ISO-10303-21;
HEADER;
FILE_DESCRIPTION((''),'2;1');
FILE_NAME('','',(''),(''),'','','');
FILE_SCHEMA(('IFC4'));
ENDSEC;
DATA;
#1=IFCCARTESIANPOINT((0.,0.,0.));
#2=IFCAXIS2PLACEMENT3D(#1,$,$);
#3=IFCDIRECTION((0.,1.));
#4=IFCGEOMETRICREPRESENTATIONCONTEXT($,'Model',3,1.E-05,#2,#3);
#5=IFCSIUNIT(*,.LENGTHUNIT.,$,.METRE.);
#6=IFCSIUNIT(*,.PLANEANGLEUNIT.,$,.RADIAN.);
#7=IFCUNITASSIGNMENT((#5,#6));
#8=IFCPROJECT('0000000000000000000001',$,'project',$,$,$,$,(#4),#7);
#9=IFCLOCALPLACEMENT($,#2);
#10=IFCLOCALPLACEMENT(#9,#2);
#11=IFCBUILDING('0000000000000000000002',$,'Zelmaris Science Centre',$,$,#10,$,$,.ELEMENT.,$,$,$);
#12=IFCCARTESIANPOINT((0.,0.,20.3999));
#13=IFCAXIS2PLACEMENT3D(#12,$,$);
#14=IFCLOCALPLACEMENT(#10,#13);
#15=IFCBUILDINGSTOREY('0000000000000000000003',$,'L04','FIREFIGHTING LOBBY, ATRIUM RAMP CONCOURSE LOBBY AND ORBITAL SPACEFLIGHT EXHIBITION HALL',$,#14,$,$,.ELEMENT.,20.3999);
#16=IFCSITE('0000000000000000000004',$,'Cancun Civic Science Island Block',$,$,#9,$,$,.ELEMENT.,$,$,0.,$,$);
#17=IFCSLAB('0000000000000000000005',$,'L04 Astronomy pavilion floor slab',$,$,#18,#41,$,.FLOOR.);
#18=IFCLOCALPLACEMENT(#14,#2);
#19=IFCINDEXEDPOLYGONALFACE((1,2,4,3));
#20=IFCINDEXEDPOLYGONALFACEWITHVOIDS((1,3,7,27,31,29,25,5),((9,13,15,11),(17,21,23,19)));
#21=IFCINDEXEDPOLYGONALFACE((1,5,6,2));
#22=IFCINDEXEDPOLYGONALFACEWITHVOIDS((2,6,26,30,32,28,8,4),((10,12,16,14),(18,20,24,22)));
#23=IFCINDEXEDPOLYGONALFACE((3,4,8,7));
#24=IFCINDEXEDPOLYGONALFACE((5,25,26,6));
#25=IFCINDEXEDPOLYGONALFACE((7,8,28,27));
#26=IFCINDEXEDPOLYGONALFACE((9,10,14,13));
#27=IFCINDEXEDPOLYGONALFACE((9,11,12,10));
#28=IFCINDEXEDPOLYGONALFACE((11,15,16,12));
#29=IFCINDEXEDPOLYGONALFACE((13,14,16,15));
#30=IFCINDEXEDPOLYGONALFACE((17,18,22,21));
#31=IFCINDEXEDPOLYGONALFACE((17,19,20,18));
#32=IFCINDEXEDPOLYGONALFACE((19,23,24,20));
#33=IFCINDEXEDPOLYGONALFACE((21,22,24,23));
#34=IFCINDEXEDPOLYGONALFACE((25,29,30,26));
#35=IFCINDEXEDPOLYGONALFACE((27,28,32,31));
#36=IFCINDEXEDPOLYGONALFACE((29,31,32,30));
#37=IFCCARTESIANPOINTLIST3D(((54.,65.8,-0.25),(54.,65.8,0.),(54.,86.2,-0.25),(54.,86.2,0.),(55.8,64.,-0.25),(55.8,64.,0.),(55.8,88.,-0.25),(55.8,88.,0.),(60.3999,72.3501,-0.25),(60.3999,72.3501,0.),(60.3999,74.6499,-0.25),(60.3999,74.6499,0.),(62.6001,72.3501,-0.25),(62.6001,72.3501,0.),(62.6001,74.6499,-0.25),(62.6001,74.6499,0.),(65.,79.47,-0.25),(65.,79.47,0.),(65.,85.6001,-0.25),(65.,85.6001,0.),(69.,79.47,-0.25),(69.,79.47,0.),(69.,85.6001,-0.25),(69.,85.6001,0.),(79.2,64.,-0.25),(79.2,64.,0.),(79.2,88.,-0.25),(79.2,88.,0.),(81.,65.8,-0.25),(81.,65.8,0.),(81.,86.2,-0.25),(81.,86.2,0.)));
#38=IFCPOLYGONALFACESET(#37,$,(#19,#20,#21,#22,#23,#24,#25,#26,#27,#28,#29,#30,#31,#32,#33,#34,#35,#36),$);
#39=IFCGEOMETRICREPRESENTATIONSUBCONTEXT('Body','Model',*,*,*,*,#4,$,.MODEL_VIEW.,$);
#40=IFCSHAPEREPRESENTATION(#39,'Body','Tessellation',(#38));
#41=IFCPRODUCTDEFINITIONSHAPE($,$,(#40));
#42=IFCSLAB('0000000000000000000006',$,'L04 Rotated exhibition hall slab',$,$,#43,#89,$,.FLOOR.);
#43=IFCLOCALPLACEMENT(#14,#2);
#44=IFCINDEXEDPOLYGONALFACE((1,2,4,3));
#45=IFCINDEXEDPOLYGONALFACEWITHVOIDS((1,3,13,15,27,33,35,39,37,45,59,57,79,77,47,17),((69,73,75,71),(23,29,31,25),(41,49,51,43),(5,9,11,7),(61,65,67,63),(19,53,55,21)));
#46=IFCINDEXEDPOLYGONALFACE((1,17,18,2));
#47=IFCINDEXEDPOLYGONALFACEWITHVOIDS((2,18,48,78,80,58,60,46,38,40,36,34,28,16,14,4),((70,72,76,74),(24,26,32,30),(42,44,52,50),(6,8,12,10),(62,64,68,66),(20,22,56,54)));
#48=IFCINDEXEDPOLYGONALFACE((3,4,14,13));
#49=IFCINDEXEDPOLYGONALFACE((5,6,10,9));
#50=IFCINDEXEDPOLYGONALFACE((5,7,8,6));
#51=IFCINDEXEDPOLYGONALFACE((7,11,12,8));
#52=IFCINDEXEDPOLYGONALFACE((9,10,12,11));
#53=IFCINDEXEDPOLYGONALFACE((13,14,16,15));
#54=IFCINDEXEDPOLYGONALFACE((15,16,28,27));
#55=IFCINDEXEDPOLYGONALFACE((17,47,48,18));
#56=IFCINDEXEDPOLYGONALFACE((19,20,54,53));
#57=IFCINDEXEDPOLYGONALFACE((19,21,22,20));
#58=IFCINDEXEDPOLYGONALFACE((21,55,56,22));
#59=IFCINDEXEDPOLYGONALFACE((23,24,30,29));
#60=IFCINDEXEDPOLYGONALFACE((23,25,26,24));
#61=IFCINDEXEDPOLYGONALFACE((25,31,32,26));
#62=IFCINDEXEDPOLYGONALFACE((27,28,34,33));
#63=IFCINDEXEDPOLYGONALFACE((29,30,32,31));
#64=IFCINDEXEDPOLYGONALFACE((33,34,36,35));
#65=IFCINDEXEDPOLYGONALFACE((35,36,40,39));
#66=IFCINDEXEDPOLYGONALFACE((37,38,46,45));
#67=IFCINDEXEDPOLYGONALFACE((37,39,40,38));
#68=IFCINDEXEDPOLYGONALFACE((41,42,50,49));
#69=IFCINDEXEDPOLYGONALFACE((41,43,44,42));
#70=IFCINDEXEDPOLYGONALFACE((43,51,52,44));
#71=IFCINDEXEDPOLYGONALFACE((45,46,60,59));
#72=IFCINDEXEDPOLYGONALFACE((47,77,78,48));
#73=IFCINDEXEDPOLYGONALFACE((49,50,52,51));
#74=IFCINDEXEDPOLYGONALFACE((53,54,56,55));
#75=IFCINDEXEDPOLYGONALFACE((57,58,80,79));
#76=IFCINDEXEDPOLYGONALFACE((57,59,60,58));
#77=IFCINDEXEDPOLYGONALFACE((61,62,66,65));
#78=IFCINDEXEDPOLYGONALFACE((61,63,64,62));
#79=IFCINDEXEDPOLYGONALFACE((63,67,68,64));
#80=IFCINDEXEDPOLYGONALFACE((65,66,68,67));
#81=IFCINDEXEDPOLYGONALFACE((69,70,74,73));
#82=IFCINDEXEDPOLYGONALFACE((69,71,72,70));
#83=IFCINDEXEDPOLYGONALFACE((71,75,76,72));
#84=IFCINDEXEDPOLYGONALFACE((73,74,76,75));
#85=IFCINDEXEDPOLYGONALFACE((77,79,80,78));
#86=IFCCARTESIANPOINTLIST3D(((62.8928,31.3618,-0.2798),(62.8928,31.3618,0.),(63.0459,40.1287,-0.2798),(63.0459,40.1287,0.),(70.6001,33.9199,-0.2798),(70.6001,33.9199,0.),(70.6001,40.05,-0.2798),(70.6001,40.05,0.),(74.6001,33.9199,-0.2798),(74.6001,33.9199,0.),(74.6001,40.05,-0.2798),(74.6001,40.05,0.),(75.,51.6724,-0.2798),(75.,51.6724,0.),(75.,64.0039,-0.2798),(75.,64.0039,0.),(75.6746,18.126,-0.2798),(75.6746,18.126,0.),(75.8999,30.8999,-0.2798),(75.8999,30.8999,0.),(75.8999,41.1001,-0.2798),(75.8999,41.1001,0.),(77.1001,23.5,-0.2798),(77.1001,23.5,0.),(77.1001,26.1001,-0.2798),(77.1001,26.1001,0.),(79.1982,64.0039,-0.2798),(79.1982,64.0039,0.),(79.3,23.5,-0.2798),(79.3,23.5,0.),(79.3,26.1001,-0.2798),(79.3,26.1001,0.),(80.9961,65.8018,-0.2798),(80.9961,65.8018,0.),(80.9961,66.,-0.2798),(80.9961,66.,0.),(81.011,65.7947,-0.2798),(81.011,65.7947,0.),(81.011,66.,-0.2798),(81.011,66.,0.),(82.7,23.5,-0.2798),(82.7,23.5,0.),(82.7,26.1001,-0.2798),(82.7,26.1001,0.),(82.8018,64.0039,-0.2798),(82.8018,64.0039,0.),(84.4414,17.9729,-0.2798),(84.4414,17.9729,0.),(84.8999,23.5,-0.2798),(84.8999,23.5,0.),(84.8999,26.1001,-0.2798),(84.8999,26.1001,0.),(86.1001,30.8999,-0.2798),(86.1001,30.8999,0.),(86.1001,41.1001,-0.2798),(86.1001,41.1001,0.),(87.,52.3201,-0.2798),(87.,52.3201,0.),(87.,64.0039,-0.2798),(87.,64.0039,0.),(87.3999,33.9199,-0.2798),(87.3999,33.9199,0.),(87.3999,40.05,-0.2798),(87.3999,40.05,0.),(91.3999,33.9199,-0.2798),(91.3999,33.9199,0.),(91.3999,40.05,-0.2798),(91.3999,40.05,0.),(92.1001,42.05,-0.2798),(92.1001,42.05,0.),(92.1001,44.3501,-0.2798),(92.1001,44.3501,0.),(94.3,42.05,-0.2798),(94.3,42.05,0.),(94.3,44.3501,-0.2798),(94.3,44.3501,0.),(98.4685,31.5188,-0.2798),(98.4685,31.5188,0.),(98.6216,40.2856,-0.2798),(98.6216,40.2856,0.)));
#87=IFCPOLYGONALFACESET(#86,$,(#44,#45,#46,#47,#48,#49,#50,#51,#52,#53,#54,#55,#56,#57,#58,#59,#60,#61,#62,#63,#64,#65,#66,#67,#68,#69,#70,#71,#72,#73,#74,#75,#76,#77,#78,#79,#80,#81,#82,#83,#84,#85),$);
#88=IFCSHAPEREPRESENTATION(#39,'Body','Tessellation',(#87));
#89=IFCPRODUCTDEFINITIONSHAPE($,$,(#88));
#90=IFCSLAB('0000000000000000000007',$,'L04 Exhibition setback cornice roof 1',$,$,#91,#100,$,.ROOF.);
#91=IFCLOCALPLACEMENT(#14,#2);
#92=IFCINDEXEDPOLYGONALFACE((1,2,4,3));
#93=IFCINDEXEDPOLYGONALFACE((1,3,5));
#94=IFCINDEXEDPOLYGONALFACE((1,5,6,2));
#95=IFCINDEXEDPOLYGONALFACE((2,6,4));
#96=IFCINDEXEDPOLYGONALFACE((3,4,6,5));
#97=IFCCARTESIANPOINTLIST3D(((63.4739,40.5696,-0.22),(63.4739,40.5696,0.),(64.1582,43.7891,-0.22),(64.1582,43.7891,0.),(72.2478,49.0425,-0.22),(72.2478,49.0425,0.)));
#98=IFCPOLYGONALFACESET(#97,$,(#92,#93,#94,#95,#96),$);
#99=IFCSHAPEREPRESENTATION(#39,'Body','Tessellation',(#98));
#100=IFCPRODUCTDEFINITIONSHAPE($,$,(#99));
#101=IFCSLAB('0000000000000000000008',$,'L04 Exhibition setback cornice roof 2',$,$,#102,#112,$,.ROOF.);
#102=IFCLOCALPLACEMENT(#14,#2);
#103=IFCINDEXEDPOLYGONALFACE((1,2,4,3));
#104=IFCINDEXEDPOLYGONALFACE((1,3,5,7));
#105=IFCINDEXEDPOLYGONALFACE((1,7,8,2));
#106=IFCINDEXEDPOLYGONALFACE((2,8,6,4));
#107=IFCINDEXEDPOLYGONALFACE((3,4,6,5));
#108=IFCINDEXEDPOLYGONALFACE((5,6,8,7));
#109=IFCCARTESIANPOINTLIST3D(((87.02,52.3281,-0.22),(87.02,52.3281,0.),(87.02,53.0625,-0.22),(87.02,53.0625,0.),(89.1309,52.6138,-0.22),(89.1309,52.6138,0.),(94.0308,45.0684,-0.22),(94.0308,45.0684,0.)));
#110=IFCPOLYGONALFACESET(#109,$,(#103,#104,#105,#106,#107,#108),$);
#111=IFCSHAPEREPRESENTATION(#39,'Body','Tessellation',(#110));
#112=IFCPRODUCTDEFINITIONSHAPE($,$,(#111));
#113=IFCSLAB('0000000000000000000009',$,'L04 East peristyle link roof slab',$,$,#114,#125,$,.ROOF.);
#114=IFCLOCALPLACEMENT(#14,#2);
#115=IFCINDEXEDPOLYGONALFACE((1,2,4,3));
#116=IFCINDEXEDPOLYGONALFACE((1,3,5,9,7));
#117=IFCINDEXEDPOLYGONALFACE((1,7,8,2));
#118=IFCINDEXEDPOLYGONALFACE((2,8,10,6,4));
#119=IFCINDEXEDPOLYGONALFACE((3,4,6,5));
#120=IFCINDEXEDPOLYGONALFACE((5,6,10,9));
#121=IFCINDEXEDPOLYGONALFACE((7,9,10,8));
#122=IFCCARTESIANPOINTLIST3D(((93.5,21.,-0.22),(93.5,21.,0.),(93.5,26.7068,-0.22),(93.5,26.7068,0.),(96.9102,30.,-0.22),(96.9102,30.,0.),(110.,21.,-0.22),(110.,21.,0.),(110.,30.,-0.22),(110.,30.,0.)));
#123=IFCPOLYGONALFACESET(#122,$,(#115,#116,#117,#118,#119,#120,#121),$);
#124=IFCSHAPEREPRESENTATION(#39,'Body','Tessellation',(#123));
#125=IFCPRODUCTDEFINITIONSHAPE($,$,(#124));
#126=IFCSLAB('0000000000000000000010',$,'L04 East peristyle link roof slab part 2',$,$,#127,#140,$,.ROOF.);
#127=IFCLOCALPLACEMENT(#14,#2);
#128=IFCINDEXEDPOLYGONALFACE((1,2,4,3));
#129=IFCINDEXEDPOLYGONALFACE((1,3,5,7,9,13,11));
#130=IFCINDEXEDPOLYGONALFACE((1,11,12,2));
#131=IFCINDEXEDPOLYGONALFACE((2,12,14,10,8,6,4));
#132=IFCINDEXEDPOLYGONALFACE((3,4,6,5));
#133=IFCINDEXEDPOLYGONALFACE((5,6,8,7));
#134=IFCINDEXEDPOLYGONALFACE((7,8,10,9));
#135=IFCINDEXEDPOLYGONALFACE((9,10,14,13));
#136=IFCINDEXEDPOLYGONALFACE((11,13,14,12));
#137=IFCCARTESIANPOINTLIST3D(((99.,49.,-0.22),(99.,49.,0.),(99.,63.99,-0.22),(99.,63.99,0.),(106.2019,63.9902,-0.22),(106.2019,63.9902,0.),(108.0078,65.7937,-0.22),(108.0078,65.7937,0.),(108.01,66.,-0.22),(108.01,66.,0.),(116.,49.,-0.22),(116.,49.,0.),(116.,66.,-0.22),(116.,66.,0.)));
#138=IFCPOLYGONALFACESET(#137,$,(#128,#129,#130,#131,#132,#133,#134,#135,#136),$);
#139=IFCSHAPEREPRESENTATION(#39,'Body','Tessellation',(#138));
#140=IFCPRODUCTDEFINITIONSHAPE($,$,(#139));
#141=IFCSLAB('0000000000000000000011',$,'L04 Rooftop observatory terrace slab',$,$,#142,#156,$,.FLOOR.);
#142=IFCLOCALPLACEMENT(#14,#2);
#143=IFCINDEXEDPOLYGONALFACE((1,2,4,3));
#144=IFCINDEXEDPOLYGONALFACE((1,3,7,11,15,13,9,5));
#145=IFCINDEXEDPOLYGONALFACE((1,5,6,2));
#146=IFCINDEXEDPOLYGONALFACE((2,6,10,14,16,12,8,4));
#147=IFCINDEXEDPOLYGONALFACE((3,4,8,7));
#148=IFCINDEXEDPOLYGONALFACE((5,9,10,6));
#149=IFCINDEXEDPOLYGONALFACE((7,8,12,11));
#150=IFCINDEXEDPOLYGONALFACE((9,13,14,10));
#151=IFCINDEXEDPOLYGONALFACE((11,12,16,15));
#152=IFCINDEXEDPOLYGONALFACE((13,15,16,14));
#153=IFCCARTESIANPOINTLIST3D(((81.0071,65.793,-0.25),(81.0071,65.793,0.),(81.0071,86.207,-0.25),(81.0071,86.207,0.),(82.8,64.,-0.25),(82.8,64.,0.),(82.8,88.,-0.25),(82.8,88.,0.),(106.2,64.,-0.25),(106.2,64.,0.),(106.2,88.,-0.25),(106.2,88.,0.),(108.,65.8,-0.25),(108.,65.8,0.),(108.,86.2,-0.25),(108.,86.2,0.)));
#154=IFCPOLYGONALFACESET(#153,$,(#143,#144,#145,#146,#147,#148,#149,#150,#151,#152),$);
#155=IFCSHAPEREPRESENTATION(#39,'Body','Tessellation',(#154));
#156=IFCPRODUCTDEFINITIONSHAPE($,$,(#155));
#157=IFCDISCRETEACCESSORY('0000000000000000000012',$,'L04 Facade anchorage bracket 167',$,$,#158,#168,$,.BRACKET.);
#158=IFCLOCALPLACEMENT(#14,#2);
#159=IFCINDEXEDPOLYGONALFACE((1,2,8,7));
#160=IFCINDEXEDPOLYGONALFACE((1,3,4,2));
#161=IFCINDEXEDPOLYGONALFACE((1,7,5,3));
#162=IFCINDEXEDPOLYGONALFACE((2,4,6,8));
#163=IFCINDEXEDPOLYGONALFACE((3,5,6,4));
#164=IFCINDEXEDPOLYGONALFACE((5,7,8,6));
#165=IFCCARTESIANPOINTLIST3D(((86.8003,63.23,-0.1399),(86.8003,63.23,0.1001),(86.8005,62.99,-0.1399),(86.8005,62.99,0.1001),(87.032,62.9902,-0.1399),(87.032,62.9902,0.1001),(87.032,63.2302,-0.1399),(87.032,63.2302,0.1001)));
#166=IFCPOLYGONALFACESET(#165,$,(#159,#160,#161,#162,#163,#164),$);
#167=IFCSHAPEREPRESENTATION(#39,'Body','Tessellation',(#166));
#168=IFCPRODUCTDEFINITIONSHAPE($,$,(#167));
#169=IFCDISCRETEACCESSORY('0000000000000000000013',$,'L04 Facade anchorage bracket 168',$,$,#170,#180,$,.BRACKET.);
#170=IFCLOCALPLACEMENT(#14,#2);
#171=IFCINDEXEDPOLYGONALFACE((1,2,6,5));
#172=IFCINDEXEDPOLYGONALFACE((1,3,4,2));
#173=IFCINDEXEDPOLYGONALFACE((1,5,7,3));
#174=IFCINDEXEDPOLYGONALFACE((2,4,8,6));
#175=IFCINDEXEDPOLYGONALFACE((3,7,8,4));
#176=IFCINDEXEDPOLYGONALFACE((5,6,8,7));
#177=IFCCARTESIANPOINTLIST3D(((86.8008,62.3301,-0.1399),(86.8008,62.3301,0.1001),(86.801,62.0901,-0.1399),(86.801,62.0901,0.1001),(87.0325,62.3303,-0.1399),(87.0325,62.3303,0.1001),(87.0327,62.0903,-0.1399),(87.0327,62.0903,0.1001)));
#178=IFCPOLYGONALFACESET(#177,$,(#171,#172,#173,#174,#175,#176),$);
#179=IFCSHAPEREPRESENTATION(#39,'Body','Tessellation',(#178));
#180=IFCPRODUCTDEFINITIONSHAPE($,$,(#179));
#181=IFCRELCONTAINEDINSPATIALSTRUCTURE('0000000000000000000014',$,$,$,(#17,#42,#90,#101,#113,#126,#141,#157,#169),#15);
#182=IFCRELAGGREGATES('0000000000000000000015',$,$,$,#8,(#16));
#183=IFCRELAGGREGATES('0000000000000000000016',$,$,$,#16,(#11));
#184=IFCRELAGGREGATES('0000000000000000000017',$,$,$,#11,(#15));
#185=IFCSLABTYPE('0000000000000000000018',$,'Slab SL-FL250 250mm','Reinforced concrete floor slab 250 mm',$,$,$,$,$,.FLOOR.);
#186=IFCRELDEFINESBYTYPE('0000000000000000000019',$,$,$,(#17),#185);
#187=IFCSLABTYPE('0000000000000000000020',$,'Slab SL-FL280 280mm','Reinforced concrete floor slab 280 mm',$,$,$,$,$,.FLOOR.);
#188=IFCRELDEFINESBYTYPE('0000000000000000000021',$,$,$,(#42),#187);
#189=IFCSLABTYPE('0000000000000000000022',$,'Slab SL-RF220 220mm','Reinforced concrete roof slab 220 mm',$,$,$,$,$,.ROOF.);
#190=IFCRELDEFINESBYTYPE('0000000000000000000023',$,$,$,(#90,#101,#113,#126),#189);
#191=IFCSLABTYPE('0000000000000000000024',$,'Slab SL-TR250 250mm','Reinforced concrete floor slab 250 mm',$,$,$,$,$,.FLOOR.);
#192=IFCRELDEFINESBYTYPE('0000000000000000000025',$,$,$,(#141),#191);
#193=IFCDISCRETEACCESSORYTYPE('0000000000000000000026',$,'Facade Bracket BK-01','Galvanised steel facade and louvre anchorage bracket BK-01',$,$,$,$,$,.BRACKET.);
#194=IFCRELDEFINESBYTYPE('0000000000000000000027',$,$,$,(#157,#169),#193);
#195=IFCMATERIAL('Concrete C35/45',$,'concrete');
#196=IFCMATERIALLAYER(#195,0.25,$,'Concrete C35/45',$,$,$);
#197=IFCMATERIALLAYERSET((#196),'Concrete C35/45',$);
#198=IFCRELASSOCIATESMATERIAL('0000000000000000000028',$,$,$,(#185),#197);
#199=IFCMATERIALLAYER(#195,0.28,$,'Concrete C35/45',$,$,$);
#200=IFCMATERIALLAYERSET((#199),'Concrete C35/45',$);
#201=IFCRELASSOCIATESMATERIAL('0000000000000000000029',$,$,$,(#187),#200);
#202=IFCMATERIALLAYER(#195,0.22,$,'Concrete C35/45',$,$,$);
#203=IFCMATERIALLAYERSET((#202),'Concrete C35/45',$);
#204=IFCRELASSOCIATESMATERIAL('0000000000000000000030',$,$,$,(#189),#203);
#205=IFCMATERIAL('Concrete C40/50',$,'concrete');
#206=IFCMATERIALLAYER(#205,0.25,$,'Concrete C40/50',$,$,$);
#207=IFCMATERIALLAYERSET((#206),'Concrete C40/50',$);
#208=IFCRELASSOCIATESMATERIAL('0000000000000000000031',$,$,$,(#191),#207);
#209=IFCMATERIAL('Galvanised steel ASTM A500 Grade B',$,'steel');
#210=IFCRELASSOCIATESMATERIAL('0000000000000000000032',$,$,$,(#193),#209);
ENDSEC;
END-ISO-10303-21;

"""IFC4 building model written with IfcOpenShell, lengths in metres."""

from ifc_helpers import new_model, si_unit, direction, frame, origin, place, context, subcontext, project, spatial, polyline, outline, extrude, material, layer, layer_set, type_object, element, save


model = new_model("IFC4")

# Units and contexts
model_context = context("Model", 3, precision=1e-05, world=origin(), true_north=direction((0.0, 1.0)))
body_context = subcontext(model_context, "Body", "Model", "MODEL_VIEW")
ifc_project = project(units=[si_unit("LENGTHUNIT", "METRE"), si_unit("PLANEANGLEUNIT", "RADIAN")], contexts=[model_context])

# Site, building, storey
site_placement = place(None, origin())
site = spatial("IfcSite", under=ifc_project, at=site_placement, Name="Cancun Civic Science Island Block", CompositionType="ELEMENT", RefElevation=0.0)
building_placement = place(site_placement, origin())
building = spatial("IfcBuilding", under=site, at=building_placement, Name="Zelmaris Science Centre", CompositionType="ELEMENT")
storey_placement = place(building_placement, frame((0.0, 0.0, 20.3999)))
storey = spatial("IfcBuildingStorey", under=building, at=storey_placement, Name="L04", Description="FIREFIGHTING LOBBY, ATRIUM RAMP CONCOURSE LOBBY AND ORBITAL SPACEFLIGHT EXHIBITION HALL", CompositionType="ELEMENT", Elevation=20.3999)

# Slabs
ifc_material_1 = material(Name="Concrete C35/45", Category="concrete")
ifc_layer_1 = layer(ifc_material_1, 0.25, Name="Concrete C35/45")
ifc_layer_set_1 = layer_set([ifc_layer_1], Name="Concrete C35/45")
slab_type_1 = type_object("IfcSlabType", Name="Slab SL-FL250 250mm", Description="Reinforced concrete floor slab 250 mm", PredefinedType="FLOOR", material=ifc_layer_set_1)
slab_1_placement = place(storey_placement, frame((0.0, 0.0, -0.25)))
element("IfcSlab", 1, at=slab_1_placement, inside=storey, type_object=slab_type_1, Name="L04 Astronomy pavilion floor slab", PredefinedType="FLOOR", context=body_context, shape_type="SweptSolid", body=[
    extrude(outline(polyline([(54.0, 65.8), (54.0, 86.2), (55.8, 88.0), (79.2, 88.0), (81.0, 86.2), (81.0, 65.8), (79.2, 64.0), (55.8, 64.0), (54.0, 65.8)]), holes=[polyline([(69.0, 79.47), (69.0, 85.6001), (65.0, 85.6001), (65.0, 79.47), (69.0, 79.47)]), polyline([(60.3999, 72.3501), (62.6001, 72.3501), (62.6001, 74.6499), (60.3999, 74.6499), (60.3999, 72.3501)])]), origin(), (0.0, 0.0, 1.0), 0.25),
])
ifc_layer_2 = layer(ifc_material_1, 0.28, Name="Concrete C35/45")
ifc_layer_set_2 = layer_set([ifc_layer_2], Name="Concrete C35/45")
slab_type_2 = type_object("IfcSlabType", Name="Slab SL-FL280 280mm", Description="Reinforced concrete floor slab 280 mm", PredefinedType="FLOOR", material=ifc_layer_set_2)
slab_2_placement = place(storey_placement, frame((0.0, 0.0, -0.2798)))
element("IfcSlab", 2, at=slab_2_placement, inside=storey, type_object=slab_type_2, Name="L04 Rotated exhibition hall slab", PredefinedType="FLOOR", context=body_context, shape_type="SweptSolid", body=[
    extrude(outline(polyline([(98.4685, 31.5188), (84.4414, 17.9729), (75.6746, 18.126), (62.8928, 31.3618), (63.0459, 40.1287), (75.0, 51.6724), (75.0, 64.0039), (79.1982, 64.0039), (80.9961, 65.8018), (80.9961, 66.0), (81.011, 66.0), (81.011, 65.7947), (82.8018, 64.0039), (87.0, 64.0039), (87.0, 52.3201), (98.6216, 40.2856), (98.4685, 31.5188)]), holes=[polyline([(75.8999, 30.8999), (86.1001, 30.8999), (86.1001, 41.1001), (75.8999, 41.1001), (75.8999, 30.8999)]), polyline([(74.6001, 33.9199), (74.6001, 40.05), (70.6001, 40.05), (70.6001, 33.9199), (74.6001, 33.9199)]), polyline([(91.3999, 33.9199), (91.3999, 40.05), (87.3999, 40.05), (87.3999, 33.9199), (91.3999, 33.9199)]), polyline([(77.1001, 23.5), (79.3, 23.5), (79.3, 26.1001), (77.1001, 26.1001), (77.1001, 23.5)]), polyline([(82.7, 23.5), (84.8999, 23.5), (84.8999, 26.1001), (82.7, 26.1001), (82.7, 23.5)]), polyline([(92.1001, 42.05), (94.3, 42.05), (94.3, 44.3501), (92.1001, 44.3501), (92.1001, 42.05)])]), origin(), (0.0, 0.0, 1.0), 0.2798),
])
ifc_layer_3 = layer(ifc_material_1, 0.22, Name="Concrete C35/45")
ifc_layer_set_3 = layer_set([ifc_layer_3], Name="Concrete C35/45")
slab_type_3 = type_object("IfcSlabType", Name="Slab SL-RF220 220mm", Description="Reinforced concrete roof slab 220 mm", PredefinedType="ROOF", material=ifc_layer_set_3)
slab_3_placement = place(storey_placement, frame((0.0, 0.0, -0.22)))
element("IfcSlab", 3, at=slab_3_placement, inside=storey, type_object=slab_type_3, Name="L04 Exhibition setback cornice roof 1", PredefinedType="ROOF", context=body_context, shape_type="SweptSolid", body=[
    extrude(outline(polyline([(72.2478, 49.0425), (63.4739, 40.5696), (64.1582, 43.7891), (72.2478, 49.0425)])), origin(), (0.0, 0.0, 1.0), 0.22),
])
slab_4_placement = place(storey_placement, frame((0.0, 0.0, -0.22)))
element("IfcSlab", 4, at=slab_4_placement, inside=storey, type_object=slab_type_3, Name="L04 Exhibition setback cornice roof 2", PredefinedType="ROOF", context=body_context, shape_type="SweptSolid", body=[
    extrude(outline(polyline([(94.0308, 45.0684), (87.02, 52.3281), (87.02, 53.0625), (89.1309, 52.6138), (94.0308, 45.0684)])), origin(), (0.0, 0.0, 1.0), 0.22),
])
slab_5_placement = place(storey_placement, frame((0.0, 0.0, -0.22)))
element("IfcSlab", 5, at=slab_5_placement, inside=storey, type_object=slab_type_3, Name="L04 East peristyle link roof slab", PredefinedType="ROOF", context=body_context, shape_type="SweptSolid", body=[
    extrude(outline(polyline([(110.0, 30.0), (110.0, 21.0), (93.5, 21.0), (93.5, 26.7068), (96.9102, 30.0), (110.0, 30.0)])), origin(), (0.0, 0.0, 1.0), 0.22),
])
slab_6_placement = place(storey_placement, frame((0.0, 0.0, -0.22)))
element("IfcSlab", 6, at=slab_6_placement, inside=storey, type_object=slab_type_3, Name="L04 East peristyle link roof slab part 2", PredefinedType="ROOF", context=body_context, shape_type="SweptSolid", body=[
    extrude(outline(polyline([(116.0, 66.0), (116.0, 49.0), (99.0, 49.0), (99.0, 63.99), (106.2019, 63.9902), (108.0078, 65.7937), (108.01, 66.0), (116.0, 66.0)])), origin(), (0.0, 0.0, 1.0), 0.22),
])
ifc_material_2 = material(Name="Concrete C40/50", Category="concrete")
ifc_layer_4 = layer(ifc_material_2, 0.25, Name="Concrete C40/50")
ifc_layer_set_4 = layer_set([ifc_layer_4], Name="Concrete C40/50")
slab_type_4 = type_object("IfcSlabType", Name="Slab SL-TR250 250mm", Description="Reinforced concrete floor slab 250 mm", PredefinedType="FLOOR", material=ifc_layer_set_4)
slab_7_placement = place(storey_placement, frame((0.0, 0.0, -0.25)))
element("IfcSlab", 7, at=slab_7_placement, inside=storey, type_object=slab_type_4, Name="L04 Rooftop observatory terrace slab", PredefinedType="FLOOR", context=body_context, shape_type="SweptSolid", body=[
    extrude(outline(polyline([(82.8, 88.0), (106.2, 88.0), (108.0, 86.2), (108.0, 65.8), (106.2, 64.0), (82.8, 64.0), (81.0071, 65.793), (81.0071, 86.207), (82.8, 88.0)])), origin(), (0.0, 0.0, 1.0), 0.25),
])

# Discrete accessories
ifc_material_3 = material(Name="Galvanised steel ASTM A500 Grade B", Category="steel")
discrete_accessory_type = type_object("IfcDiscreteAccessoryType", Name="Facade Bracket BK-01", Description="Galvanised steel facade and louvre anchorage bracket BK-01", PredefinedType="BRACKET", material=ifc_material_3)
discrete_accessory_1_placement = place(storey_placement, frame((0.0, 0.0, -0.1399)))
element("IfcDiscreteAccessory", 8, at=discrete_accessory_1_placement, inside=storey, type_object=discrete_accessory_type, Name="L04 Facade anchorage bracket 167", PredefinedType="BRACKET", context=body_context, shape_type="SweptSolid", body=[
    extrude(outline(polyline([(86.8003, 63.23), (86.8005, 62.99), (87.032, 62.9902), (87.032, 63.2302), (86.8003, 63.23)])), origin(), (0.0, 0.0, 1.0), 0.24),
])
discrete_accessory_2_placement = place(storey_placement, frame((0.0, 0.0, -0.1399)))
element("IfcDiscreteAccessory", 9, at=discrete_accessory_2_placement, inside=storey, type_object=discrete_accessory_type, Name="L04 Facade anchorage bracket 168", PredefinedType="BRACKET", context=body_context, shape_type="SweptSolid", body=[
    extrude(outline(polyline([(86.8008, 62.3301), (86.801, 62.0901), (87.0327, 62.0903), (87.0325, 62.3303), (86.8008, 62.3301)])), origin(), (0.0, 0.0, 1.0), 0.24),
])

save(model, "model.ifc")
